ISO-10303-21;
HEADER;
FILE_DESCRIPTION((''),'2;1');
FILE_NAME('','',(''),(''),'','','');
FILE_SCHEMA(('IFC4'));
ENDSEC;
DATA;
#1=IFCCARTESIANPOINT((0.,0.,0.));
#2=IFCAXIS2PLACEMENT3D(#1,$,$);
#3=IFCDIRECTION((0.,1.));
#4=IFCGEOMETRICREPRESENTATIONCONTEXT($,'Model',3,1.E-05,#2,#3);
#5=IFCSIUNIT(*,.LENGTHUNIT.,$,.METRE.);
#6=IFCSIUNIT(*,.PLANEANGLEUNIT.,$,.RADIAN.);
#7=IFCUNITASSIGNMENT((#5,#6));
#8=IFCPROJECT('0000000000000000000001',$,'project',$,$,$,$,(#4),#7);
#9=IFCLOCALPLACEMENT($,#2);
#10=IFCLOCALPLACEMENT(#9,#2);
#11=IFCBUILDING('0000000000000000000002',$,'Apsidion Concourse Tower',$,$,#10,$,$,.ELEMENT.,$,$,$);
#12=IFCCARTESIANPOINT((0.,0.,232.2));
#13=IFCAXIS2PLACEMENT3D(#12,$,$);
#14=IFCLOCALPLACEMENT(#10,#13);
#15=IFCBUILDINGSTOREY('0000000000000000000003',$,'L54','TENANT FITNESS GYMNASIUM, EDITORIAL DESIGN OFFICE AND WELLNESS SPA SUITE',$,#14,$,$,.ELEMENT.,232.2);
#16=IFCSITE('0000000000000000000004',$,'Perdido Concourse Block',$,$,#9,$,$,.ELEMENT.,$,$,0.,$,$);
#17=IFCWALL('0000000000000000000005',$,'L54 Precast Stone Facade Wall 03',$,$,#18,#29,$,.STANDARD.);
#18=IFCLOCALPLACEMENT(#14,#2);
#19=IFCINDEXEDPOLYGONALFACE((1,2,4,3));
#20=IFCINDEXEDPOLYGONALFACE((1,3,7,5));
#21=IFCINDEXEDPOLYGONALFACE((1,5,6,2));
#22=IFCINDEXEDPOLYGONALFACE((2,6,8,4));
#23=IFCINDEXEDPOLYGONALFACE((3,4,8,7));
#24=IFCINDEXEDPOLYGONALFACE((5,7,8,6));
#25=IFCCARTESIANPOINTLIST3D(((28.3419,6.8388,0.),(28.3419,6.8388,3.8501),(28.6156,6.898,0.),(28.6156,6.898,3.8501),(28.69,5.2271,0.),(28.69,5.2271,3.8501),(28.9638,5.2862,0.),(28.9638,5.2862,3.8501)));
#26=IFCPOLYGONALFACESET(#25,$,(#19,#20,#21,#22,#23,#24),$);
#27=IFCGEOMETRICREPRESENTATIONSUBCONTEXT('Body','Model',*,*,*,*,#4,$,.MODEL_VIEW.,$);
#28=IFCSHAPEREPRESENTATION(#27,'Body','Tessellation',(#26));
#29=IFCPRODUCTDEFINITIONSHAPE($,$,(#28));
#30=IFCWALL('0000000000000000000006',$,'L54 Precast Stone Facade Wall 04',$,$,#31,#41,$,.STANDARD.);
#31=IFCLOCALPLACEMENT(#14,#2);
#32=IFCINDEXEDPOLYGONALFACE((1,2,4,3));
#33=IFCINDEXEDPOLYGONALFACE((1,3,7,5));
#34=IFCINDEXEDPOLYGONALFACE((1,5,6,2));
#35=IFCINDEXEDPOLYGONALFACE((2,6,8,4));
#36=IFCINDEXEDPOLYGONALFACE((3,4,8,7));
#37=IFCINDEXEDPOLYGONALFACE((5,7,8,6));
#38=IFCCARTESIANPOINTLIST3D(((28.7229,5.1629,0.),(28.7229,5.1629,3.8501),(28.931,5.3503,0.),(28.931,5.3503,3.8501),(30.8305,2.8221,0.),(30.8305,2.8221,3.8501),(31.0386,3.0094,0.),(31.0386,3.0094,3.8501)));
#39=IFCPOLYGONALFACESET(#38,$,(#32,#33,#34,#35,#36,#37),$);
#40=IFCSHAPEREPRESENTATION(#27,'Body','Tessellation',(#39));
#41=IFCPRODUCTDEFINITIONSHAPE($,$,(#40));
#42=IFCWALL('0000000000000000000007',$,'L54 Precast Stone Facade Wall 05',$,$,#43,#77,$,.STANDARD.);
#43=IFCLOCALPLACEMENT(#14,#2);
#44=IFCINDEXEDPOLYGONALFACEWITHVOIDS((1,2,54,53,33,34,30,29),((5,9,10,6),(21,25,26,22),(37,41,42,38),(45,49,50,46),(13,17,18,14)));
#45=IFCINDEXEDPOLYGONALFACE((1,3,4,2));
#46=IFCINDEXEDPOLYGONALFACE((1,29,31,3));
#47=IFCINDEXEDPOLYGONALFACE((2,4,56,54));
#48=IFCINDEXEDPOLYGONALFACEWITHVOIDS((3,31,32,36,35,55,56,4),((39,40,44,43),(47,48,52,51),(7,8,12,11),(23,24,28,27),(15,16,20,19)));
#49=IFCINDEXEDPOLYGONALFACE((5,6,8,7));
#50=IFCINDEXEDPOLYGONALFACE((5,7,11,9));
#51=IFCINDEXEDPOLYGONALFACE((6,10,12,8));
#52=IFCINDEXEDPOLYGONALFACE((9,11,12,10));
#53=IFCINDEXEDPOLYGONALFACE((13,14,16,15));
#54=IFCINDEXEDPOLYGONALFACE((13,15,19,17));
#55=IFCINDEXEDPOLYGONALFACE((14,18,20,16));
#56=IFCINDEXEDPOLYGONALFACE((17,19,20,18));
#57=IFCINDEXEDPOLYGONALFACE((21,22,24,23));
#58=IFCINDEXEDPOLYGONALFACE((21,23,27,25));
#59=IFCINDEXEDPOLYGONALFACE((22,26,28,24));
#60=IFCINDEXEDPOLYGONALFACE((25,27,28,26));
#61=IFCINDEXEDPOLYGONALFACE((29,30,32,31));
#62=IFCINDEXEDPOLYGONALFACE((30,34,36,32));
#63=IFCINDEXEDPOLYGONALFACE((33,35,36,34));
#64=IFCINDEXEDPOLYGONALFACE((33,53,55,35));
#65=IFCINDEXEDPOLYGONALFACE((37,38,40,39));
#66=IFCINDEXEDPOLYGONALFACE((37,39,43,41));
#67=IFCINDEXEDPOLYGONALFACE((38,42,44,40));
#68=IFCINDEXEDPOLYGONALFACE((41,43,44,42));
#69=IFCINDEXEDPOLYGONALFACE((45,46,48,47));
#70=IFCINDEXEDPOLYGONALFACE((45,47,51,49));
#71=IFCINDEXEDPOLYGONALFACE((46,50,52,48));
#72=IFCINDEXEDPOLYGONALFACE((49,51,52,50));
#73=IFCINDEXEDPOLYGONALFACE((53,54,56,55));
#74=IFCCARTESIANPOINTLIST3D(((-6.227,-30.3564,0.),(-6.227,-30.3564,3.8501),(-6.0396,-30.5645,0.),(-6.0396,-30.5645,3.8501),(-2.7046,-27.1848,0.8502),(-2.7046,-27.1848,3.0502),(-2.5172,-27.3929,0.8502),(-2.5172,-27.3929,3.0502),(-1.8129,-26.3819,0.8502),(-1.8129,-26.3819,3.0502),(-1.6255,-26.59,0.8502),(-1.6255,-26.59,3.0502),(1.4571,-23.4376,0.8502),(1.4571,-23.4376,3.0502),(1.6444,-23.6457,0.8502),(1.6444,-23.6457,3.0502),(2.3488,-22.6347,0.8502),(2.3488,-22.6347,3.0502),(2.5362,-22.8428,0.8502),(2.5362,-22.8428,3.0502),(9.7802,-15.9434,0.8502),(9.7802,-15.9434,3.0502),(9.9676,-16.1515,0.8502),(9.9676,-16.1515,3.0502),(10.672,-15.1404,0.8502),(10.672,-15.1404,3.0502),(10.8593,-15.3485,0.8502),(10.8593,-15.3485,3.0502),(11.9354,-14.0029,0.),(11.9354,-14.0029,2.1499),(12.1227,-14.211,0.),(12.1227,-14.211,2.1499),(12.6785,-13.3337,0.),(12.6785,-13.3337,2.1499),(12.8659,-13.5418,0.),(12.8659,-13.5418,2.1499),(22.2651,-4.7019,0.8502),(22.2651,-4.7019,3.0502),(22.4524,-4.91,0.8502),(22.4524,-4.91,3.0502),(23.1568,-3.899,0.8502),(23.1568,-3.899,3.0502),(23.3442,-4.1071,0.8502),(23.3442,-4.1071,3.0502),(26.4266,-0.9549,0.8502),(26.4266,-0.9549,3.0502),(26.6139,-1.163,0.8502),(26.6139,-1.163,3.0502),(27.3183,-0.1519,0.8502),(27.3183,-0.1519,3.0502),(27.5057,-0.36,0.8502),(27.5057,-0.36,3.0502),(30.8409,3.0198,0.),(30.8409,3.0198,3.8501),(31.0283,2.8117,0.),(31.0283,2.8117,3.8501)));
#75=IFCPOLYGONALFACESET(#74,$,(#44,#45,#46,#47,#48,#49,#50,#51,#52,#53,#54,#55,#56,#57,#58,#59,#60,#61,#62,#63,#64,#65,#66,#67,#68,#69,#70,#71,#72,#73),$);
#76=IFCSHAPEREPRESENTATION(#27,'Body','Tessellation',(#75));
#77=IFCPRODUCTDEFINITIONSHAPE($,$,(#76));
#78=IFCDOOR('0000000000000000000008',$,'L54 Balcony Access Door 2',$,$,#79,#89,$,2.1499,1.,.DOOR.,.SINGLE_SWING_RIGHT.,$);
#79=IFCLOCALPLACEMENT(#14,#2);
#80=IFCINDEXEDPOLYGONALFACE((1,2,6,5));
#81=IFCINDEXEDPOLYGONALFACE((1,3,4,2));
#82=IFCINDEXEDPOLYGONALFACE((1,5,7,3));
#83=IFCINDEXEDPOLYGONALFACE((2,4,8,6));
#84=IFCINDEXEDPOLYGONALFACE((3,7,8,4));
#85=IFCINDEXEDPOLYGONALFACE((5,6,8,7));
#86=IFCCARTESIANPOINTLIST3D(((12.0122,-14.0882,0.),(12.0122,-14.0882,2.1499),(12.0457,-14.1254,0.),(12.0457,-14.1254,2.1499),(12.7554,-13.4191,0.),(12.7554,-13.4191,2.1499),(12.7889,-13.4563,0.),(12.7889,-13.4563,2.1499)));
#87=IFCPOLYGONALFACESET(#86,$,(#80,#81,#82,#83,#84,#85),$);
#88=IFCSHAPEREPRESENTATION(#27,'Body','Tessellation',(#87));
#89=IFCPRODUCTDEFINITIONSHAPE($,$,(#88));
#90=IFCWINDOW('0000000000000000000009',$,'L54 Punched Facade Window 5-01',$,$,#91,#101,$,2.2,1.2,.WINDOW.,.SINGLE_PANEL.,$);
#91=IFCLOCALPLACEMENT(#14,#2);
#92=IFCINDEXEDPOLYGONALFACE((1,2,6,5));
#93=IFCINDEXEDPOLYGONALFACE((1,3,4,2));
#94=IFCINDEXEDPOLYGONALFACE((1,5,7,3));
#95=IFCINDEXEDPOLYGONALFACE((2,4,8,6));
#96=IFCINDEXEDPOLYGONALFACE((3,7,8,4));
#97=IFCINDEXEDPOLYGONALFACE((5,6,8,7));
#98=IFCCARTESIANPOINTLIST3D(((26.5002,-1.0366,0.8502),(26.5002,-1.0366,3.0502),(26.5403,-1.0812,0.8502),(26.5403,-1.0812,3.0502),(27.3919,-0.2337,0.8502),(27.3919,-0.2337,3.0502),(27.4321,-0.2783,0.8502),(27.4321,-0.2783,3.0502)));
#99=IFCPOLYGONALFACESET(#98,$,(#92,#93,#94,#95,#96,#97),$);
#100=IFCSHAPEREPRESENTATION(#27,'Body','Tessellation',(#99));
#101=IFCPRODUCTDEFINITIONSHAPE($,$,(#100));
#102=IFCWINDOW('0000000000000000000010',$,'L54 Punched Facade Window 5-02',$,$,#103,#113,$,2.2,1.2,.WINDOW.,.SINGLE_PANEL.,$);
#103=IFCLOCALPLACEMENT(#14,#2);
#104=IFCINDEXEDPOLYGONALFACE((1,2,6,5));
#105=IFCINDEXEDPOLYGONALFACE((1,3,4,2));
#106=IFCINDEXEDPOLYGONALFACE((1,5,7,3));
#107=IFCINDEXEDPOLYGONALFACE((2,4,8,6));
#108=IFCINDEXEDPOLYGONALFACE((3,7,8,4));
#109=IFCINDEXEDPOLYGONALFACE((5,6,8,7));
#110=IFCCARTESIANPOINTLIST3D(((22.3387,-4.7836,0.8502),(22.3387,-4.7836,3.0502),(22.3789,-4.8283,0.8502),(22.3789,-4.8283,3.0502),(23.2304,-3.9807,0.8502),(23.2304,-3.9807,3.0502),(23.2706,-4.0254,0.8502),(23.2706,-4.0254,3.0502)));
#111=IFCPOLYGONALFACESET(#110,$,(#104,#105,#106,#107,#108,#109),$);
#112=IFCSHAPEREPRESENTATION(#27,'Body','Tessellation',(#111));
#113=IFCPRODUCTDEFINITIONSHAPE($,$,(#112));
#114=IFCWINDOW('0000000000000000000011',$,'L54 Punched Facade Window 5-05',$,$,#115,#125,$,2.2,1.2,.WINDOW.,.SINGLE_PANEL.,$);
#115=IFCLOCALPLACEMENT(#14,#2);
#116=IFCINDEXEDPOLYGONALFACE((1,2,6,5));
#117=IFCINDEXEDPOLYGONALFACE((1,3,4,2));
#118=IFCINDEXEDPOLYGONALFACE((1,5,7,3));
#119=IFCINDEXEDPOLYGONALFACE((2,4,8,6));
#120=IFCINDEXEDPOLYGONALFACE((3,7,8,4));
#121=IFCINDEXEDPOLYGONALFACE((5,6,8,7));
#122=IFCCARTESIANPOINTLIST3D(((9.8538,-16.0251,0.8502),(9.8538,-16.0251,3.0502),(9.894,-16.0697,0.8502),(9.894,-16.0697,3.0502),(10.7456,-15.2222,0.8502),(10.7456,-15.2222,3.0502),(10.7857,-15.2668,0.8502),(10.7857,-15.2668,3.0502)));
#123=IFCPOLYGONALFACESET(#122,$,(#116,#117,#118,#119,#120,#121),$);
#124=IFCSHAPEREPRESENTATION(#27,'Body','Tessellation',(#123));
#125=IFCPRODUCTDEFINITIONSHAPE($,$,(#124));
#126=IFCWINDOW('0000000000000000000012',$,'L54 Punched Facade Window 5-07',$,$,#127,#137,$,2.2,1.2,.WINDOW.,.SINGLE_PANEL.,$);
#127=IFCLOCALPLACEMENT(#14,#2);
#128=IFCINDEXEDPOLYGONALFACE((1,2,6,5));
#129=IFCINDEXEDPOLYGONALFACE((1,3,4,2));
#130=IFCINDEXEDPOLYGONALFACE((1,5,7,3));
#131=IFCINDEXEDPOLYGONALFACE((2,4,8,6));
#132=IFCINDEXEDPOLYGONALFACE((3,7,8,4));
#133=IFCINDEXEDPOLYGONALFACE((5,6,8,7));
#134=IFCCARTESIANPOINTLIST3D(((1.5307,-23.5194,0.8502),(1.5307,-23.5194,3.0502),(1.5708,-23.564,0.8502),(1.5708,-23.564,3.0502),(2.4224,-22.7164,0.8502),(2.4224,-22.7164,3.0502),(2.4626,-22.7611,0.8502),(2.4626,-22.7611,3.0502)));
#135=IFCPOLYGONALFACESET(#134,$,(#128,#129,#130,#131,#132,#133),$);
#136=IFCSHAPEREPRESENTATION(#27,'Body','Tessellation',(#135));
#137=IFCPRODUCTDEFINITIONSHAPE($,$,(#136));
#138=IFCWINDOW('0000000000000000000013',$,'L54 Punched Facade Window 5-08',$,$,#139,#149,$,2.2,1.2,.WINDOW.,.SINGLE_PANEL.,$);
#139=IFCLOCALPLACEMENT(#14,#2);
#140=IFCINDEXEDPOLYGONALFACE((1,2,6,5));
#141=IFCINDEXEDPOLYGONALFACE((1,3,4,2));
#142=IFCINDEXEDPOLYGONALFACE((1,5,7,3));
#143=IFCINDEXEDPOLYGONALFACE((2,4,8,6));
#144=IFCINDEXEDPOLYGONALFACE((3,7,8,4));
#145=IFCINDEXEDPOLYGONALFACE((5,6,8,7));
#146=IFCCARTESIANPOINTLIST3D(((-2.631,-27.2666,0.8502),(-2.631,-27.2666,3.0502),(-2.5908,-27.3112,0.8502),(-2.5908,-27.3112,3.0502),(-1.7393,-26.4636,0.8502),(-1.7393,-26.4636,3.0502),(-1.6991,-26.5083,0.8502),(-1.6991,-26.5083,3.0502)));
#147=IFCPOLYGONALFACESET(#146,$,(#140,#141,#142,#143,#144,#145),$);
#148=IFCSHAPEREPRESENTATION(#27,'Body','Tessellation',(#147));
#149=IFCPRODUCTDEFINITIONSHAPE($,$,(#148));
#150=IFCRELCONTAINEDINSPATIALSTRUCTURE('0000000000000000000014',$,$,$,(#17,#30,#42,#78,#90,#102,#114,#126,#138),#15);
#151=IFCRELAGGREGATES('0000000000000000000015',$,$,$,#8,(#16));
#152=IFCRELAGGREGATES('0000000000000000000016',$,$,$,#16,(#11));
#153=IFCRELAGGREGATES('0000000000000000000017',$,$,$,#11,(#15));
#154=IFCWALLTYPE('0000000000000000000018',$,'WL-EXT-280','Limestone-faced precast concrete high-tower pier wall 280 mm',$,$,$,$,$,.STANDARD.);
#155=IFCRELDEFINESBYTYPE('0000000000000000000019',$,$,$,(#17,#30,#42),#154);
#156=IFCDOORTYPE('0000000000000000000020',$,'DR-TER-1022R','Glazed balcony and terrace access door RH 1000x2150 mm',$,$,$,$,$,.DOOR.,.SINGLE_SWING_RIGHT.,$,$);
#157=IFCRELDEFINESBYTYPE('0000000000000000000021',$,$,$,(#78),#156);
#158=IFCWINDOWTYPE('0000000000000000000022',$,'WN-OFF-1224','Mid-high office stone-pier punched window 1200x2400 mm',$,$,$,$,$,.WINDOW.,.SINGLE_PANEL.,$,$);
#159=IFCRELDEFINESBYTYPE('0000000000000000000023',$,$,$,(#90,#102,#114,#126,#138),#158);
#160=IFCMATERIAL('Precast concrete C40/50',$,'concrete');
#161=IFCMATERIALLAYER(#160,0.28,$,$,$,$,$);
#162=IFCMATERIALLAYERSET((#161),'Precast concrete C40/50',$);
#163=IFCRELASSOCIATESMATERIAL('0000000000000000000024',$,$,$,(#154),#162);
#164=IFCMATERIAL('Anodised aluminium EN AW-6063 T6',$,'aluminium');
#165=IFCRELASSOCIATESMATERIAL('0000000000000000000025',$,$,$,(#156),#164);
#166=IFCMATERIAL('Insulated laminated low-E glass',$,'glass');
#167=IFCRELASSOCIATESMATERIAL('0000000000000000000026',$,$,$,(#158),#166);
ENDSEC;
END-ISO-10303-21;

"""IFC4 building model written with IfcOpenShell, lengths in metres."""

from ifc_helpers import new_model, si_unit, direction, frame, frame_2d, origin, place, context, subcontext, project, spatial, rectangle, extrude, material, layer, layer_set, type_object, element, fill, save


model = new_model("IFC4")

# Units and contexts
model_context = context("Model", 3, precision=1e-05, world=origin(), true_north=direction((0.0, 1.0)))
body_context = subcontext(model_context, "Body", "Model", "MODEL_VIEW")
ifc_project = project(units=[si_unit("LENGTHUNIT", "METRE"), si_unit("PLANEANGLEUNIT", "RADIAN")], contexts=[model_context])

# Site, building, storey
site_placement = place(None, origin())
site = spatial("IfcSite", under=ifc_project, at=site_placement, Name="Perdido Concourse Block", CompositionType="ELEMENT", RefElevation=0.0)
building_placement = place(site_placement, origin())
building = spatial("IfcBuilding", under=site, at=building_placement, Name="Apsidion Concourse Tower", CompositionType="ELEMENT")
storey_placement = place(building_placement, frame((0.0, 0.0, 232.2)))
storey = spatial("IfcBuildingStorey", under=building, at=storey_placement, Name="L54", Description="TENANT FITNESS GYMNASIUM, EDITORIAL DESIGN OFFICE AND WELLNESS SPA SUITE", CompositionType="ELEMENT", Elevation=232.2)

# Walls
ifc_material_1 = material(Name="Precast concrete C40/50", Category="concrete")
ifc_layer = layer(ifc_material_1, 0.28)
ifc_layer_set = layer_set([ifc_layer], Name="Precast concrete C40/50")
wall_type = type_object("IfcWallType", Name="WL-EXT-280", Description="Limestone-faced precast concrete high-tower pier wall 280 mm", PredefinedType="STANDARD", material=ifc_layer_set)
wall_1_placement = place(storey_placement, frame((28.4788, 6.8684, 0.0), z_axis=(0.0, 0.0, 1.0), x_axis=(0.211126, -0.977459, 0.0)))
element("IfcWall", 1, at=wall_1_placement, inside=storey, type_object=wall_type, Name="L54 Precast Stone Facade Wall 03", PredefinedType="STANDARD", context=body_context, shape_type="SweptSolid", body=[
    extrude(rectangle(XDim=1.6489, YDim=0.28, at=frame_2d((0.8245, 0.0))), origin(), (0.0, 0.0, 1.0), 3.8501),
])
wall_2_placement = place(storey_placement, frame((28.8269, 5.2566, 0.0), z_axis=(0.0, 0.0, 1.0), x_axis=(0.669127, -0.743148, 0.0)))
element("IfcWall", 2, at=wall_2_placement, inside=storey, type_object=wall_type, Name="L54 Precast Stone Facade Wall 04", PredefinedType="STANDARD", context=body_context, shape_type="SweptSolid", body=[
    extrude(rectangle(XDim=3.1499, YDim=0.28, at=frame_2d((1.575, 0.0))), origin(), (0.0, 0.0, 1.0), 3.8501),
])

# Wall, openings, door, windows
wall_3_placement = place(storey_placement, frame((30.9346, 2.9158, 0.0), z_axis=(0.0, 0.0, 1.0), x_axis=(-0.743143, -0.669132, 0.0)))
wall_3 = element("IfcWall", 3, at=wall_3_placement, inside=storey, type_object=wall_type, Name="L54 Precast Stone Facade Wall 05", PredefinedType="STANDARD", context=body_context, shape_type="SweptSolid", body=[
    extrude(rectangle(XDim=49.8799, YDim=0.28, at=frame_2d((24.9399, 0.0))), origin(), (0.0, 0.0, 1.0), 3.8501),
])
opening_1_placement = place(wall_3_placement, frame((24.4399, 0.0, 0.0)))
opening_1 = element("IfcOpeningElement", 4, at=opening_1_placement, cuts=wall_3, PredefinedType="OPENING", context=body_context, shape_type="SweptSolid", body=[
    extrude(rectangle(XDim=1.0, YDim=2.1499, at=frame_2d((0.5, 1.075))), frame((0.0, 0.1499, 0.0), z_axis=(0.0, -1.0, 0.0), x_axis=(1.0, 0.0, 0.0)), (0.0, 0.0, 1.0), 0.3),
])
opening_2_placement = place(wall_3_placement, frame((4.74, 0.0, 0.8501)))
opening_2 = element("IfcOpeningElement", 5, at=opening_2_placement, cuts=wall_3, PredefinedType="OPENING", context=body_context, shape_type="SweptSolid", body=[
    extrude(rectangle(XDim=1.2, YDim=2.2, at=frame_2d((0.6001, 1.1001))), frame((0.0, 0.1499, 0.0), z_axis=(0.0, -1.0, 0.0), x_axis=(1.0, 0.0, 0.0)), (0.0, 0.0, 1.0), 0.3),
])
opening_3_placement = place(wall_3_placement, frame((10.3398, 0.0, 0.8501)))
opening_3 = element("IfcOpeningElement", 6, at=opening_3_placement, cuts=wall_3, PredefinedType="OPENING", context=body_context, shape_type="SweptSolid", body=[
    extrude(rectangle(XDim=1.2, YDim=2.2, at=frame_2d((0.6001, 1.1001))), frame((0.0, 0.1499, 0.0), z_axis=(0.0, -1.0, 0.0), x_axis=(1.0, 0.0, 0.0)), (0.0, 0.0, 1.0), 0.3),
])
opening_4_placement = place(wall_3_placement, frame((27.1399, 0.0, 0.8501)))
opening_4 = element("IfcOpeningElement", 7, at=opening_4_placement, cuts=wall_3, PredefinedType="OPENING", context=body_context, shape_type="SweptSolid", body=[
    extrude(rectangle(XDim=1.2, YDim=2.2, at=frame_2d((0.6001, 1.1001))), frame((0.0, 0.1499, 0.0), z_axis=(0.0, -1.0, 0.0), x_axis=(1.0, 0.0, 0.0)), (0.0, 0.0, 1.0), 0.3),
])
opening_5_placement = place(wall_3_placement, frame((38.3398, 0.0, 0.8501)))
opening_5 = element("IfcOpeningElement", 8, at=opening_5_placement, cuts=wall_3, PredefinedType="OPENING", context=body_context, shape_type="SweptSolid", body=[
    extrude(rectangle(XDim=1.2, YDim=2.2, at=frame_2d((0.6001, 1.1001))), frame((0.0, 0.1499, 0.0), z_axis=(0.0, -1.0, 0.0), x_axis=(1.0, 0.0, 0.0)), (0.0, 0.0, 1.0), 0.3),
])
opening_6_placement = place(wall_3_placement, frame((43.9399, 0.0, 0.8501)))
opening_6 = element("IfcOpeningElement", 9, at=opening_6_placement, cuts=wall_3, PredefinedType="OPENING", context=body_context, shape_type="SweptSolid", body=[
    extrude(rectangle(XDim=1.2, YDim=2.2, at=frame_2d((0.6001, 1.1001))), frame((0.0, 0.1499, 0.0), z_axis=(0.0, -1.0, 0.0), x_axis=(1.0, 0.0, 0.0)), (0.0, 0.0, 1.0), 0.3),
])
ifc_material_2 = material(Name="Anodised aluminium EN AW-6063 T6", Category="aluminium")
door_type = type_object("IfcDoorType", Name="DR-TER-1022R", Description="Glazed balcony and terrace access door RH 1000x2150 mm", OperationType="SINGLE_SWING_RIGHT", PredefinedType="DOOR", material=ifc_material_2)
door_placement = place(opening_1_placement, origin())
door = element("IfcDoor", 10, at=door_placement, inside=storey, type_object=door_type, Name="L54 Balcony Access Door 2", OperationType="SINGLE_SWING_RIGHT", OverallHeight=2.1499, OverallWidth=1.0, PredefinedType="DOOR", context=body_context, shape_type="SweptSolid", body=[
    extrude(rectangle(XDim=1.0, YDim=2.1499, at=frame_2d((0.5, 1.075))), frame((0.0, 0.0249, 0.0), z_axis=(0.0, -1.0, 0.0), x_axis=(1.0, 0.0, 0.0)), (0.0, 0.0, 1.0), 0.05),
])
fill(opening_1, door)
ifc_material_3 = material(Name="Insulated laminated low-E glass", Category="glass")
window_type = type_object("IfcWindowType", Name="WN-OFF-1224", Description="Mid-high office stone-pier punched window 1200x2400 mm", PartitioningType="SINGLE_PANEL", PredefinedType="WINDOW", material=ifc_material_3)
window_1_placement = place(opening_2_placement, origin())
window_1 = element("IfcWindow", 11, at=window_1_placement, inside=storey, type_object=window_type, Name="L54 Punched Facade Window 5-01", OverallHeight=2.2, OverallWidth=1.2, PartitioningType="SINGLE_PANEL", PredefinedType="WINDOW", context=body_context, shape_type="SweptSolid", body=[
    extrude(rectangle(XDim=1.2, YDim=2.2, at=frame_2d((0.6001, 1.1001))), frame((0.0, 0.03, 0.0), z_axis=(0.0, -1.0, 0.0), x_axis=(1.0, 0.0, 0.0)), (0.0, 0.0, 1.0), 0.0601),
])
fill(opening_2, window_1)
window_2_placement = place(opening_3_placement, origin())
window_2 = element("IfcWindow", 12, at=window_2_placement, inside=storey, type_object=window_type, Name="L54 Punched Facade Window 5-02", OverallHeight=2.2, OverallWidth=1.2, PartitioningType="SINGLE_PANEL", PredefinedType="WINDOW", context=body_context, shape_type="SweptSolid", body=[
    extrude(rectangle(XDim=1.2, YDim=2.2, at=frame_2d((0.6001, 1.1001))), frame((0.0, 0.03, 0.0), z_axis=(0.0, -1.0, 0.0), x_axis=(1.0, 0.0, 0.0)), (0.0, 0.0, 1.0), 0.0601),
])
fill(opening_3, window_2)
window_3_placement = place(opening_4_placement, origin())
window_3 = element("IfcWindow", 13, at=window_3_placement, inside=storey, type_object=window_type, Name="L54 Punched Facade Window 5-05", OverallHeight=2.2, OverallWidth=1.2, PartitioningType="SINGLE_PANEL", PredefinedType="WINDOW", context=body_context, shape_type="SweptSolid", body=[
    extrude(rectangle(XDim=1.2, YDim=2.2, at=frame_2d((0.6001, 1.1001))), frame((0.0, 0.03, 0.0), z_axis=(0.0, -1.0, 0.0), x_axis=(1.0, 0.0, 0.0)), (0.0, 0.0, 1.0), 0.0601),
])
fill(opening_4, window_3)
window_4_placement = place(opening_5_placement, origin())
window_4 = element("IfcWindow", 14, at=window_4_placement, inside=storey, type_object=window_type, Name="L54 Punched Facade Window 5-07", OverallHeight=2.2, OverallWidth=1.2, PartitioningType="SINGLE_PANEL", PredefinedType="WINDOW", context=body_context, shape_type="SweptSolid", body=[
    extrude(rectangle(XDim=1.2, YDim=2.2, at=frame_2d((0.6001, 1.1001))), frame((0.0, 0.03, 0.0), z_axis=(0.0, -1.0, 0.0), x_axis=(1.0, 0.0, 0.0)), (0.0, 0.0, 1.0), 0.0601),
])
fill(opening_5, window_4)
window_5_placement = place(opening_6_placement, origin())
window_5 = element("IfcWindow", 15, at=window_5_placement, inside=storey, type_object=window_type, Name="L54 Punched Facade Window 5-08", OverallHeight=2.2, OverallWidth=1.2, PartitioningType="SINGLE_PANEL", PredefinedType="WINDOW", context=body_context, shape_type="SweptSolid", body=[
    extrude(rectangle(XDim=1.2, YDim=2.2, at=frame_2d((0.6001, 1.1001))), frame((0.0, 0.03, 0.0), z_axis=(0.0, -1.0, 0.0), x_axis=(1.0, 0.0, 0.0)), (0.0, 0.0, 1.0), 0.0601),
])
fill(opening_6, window_5)

save(model, "model.ifc")
